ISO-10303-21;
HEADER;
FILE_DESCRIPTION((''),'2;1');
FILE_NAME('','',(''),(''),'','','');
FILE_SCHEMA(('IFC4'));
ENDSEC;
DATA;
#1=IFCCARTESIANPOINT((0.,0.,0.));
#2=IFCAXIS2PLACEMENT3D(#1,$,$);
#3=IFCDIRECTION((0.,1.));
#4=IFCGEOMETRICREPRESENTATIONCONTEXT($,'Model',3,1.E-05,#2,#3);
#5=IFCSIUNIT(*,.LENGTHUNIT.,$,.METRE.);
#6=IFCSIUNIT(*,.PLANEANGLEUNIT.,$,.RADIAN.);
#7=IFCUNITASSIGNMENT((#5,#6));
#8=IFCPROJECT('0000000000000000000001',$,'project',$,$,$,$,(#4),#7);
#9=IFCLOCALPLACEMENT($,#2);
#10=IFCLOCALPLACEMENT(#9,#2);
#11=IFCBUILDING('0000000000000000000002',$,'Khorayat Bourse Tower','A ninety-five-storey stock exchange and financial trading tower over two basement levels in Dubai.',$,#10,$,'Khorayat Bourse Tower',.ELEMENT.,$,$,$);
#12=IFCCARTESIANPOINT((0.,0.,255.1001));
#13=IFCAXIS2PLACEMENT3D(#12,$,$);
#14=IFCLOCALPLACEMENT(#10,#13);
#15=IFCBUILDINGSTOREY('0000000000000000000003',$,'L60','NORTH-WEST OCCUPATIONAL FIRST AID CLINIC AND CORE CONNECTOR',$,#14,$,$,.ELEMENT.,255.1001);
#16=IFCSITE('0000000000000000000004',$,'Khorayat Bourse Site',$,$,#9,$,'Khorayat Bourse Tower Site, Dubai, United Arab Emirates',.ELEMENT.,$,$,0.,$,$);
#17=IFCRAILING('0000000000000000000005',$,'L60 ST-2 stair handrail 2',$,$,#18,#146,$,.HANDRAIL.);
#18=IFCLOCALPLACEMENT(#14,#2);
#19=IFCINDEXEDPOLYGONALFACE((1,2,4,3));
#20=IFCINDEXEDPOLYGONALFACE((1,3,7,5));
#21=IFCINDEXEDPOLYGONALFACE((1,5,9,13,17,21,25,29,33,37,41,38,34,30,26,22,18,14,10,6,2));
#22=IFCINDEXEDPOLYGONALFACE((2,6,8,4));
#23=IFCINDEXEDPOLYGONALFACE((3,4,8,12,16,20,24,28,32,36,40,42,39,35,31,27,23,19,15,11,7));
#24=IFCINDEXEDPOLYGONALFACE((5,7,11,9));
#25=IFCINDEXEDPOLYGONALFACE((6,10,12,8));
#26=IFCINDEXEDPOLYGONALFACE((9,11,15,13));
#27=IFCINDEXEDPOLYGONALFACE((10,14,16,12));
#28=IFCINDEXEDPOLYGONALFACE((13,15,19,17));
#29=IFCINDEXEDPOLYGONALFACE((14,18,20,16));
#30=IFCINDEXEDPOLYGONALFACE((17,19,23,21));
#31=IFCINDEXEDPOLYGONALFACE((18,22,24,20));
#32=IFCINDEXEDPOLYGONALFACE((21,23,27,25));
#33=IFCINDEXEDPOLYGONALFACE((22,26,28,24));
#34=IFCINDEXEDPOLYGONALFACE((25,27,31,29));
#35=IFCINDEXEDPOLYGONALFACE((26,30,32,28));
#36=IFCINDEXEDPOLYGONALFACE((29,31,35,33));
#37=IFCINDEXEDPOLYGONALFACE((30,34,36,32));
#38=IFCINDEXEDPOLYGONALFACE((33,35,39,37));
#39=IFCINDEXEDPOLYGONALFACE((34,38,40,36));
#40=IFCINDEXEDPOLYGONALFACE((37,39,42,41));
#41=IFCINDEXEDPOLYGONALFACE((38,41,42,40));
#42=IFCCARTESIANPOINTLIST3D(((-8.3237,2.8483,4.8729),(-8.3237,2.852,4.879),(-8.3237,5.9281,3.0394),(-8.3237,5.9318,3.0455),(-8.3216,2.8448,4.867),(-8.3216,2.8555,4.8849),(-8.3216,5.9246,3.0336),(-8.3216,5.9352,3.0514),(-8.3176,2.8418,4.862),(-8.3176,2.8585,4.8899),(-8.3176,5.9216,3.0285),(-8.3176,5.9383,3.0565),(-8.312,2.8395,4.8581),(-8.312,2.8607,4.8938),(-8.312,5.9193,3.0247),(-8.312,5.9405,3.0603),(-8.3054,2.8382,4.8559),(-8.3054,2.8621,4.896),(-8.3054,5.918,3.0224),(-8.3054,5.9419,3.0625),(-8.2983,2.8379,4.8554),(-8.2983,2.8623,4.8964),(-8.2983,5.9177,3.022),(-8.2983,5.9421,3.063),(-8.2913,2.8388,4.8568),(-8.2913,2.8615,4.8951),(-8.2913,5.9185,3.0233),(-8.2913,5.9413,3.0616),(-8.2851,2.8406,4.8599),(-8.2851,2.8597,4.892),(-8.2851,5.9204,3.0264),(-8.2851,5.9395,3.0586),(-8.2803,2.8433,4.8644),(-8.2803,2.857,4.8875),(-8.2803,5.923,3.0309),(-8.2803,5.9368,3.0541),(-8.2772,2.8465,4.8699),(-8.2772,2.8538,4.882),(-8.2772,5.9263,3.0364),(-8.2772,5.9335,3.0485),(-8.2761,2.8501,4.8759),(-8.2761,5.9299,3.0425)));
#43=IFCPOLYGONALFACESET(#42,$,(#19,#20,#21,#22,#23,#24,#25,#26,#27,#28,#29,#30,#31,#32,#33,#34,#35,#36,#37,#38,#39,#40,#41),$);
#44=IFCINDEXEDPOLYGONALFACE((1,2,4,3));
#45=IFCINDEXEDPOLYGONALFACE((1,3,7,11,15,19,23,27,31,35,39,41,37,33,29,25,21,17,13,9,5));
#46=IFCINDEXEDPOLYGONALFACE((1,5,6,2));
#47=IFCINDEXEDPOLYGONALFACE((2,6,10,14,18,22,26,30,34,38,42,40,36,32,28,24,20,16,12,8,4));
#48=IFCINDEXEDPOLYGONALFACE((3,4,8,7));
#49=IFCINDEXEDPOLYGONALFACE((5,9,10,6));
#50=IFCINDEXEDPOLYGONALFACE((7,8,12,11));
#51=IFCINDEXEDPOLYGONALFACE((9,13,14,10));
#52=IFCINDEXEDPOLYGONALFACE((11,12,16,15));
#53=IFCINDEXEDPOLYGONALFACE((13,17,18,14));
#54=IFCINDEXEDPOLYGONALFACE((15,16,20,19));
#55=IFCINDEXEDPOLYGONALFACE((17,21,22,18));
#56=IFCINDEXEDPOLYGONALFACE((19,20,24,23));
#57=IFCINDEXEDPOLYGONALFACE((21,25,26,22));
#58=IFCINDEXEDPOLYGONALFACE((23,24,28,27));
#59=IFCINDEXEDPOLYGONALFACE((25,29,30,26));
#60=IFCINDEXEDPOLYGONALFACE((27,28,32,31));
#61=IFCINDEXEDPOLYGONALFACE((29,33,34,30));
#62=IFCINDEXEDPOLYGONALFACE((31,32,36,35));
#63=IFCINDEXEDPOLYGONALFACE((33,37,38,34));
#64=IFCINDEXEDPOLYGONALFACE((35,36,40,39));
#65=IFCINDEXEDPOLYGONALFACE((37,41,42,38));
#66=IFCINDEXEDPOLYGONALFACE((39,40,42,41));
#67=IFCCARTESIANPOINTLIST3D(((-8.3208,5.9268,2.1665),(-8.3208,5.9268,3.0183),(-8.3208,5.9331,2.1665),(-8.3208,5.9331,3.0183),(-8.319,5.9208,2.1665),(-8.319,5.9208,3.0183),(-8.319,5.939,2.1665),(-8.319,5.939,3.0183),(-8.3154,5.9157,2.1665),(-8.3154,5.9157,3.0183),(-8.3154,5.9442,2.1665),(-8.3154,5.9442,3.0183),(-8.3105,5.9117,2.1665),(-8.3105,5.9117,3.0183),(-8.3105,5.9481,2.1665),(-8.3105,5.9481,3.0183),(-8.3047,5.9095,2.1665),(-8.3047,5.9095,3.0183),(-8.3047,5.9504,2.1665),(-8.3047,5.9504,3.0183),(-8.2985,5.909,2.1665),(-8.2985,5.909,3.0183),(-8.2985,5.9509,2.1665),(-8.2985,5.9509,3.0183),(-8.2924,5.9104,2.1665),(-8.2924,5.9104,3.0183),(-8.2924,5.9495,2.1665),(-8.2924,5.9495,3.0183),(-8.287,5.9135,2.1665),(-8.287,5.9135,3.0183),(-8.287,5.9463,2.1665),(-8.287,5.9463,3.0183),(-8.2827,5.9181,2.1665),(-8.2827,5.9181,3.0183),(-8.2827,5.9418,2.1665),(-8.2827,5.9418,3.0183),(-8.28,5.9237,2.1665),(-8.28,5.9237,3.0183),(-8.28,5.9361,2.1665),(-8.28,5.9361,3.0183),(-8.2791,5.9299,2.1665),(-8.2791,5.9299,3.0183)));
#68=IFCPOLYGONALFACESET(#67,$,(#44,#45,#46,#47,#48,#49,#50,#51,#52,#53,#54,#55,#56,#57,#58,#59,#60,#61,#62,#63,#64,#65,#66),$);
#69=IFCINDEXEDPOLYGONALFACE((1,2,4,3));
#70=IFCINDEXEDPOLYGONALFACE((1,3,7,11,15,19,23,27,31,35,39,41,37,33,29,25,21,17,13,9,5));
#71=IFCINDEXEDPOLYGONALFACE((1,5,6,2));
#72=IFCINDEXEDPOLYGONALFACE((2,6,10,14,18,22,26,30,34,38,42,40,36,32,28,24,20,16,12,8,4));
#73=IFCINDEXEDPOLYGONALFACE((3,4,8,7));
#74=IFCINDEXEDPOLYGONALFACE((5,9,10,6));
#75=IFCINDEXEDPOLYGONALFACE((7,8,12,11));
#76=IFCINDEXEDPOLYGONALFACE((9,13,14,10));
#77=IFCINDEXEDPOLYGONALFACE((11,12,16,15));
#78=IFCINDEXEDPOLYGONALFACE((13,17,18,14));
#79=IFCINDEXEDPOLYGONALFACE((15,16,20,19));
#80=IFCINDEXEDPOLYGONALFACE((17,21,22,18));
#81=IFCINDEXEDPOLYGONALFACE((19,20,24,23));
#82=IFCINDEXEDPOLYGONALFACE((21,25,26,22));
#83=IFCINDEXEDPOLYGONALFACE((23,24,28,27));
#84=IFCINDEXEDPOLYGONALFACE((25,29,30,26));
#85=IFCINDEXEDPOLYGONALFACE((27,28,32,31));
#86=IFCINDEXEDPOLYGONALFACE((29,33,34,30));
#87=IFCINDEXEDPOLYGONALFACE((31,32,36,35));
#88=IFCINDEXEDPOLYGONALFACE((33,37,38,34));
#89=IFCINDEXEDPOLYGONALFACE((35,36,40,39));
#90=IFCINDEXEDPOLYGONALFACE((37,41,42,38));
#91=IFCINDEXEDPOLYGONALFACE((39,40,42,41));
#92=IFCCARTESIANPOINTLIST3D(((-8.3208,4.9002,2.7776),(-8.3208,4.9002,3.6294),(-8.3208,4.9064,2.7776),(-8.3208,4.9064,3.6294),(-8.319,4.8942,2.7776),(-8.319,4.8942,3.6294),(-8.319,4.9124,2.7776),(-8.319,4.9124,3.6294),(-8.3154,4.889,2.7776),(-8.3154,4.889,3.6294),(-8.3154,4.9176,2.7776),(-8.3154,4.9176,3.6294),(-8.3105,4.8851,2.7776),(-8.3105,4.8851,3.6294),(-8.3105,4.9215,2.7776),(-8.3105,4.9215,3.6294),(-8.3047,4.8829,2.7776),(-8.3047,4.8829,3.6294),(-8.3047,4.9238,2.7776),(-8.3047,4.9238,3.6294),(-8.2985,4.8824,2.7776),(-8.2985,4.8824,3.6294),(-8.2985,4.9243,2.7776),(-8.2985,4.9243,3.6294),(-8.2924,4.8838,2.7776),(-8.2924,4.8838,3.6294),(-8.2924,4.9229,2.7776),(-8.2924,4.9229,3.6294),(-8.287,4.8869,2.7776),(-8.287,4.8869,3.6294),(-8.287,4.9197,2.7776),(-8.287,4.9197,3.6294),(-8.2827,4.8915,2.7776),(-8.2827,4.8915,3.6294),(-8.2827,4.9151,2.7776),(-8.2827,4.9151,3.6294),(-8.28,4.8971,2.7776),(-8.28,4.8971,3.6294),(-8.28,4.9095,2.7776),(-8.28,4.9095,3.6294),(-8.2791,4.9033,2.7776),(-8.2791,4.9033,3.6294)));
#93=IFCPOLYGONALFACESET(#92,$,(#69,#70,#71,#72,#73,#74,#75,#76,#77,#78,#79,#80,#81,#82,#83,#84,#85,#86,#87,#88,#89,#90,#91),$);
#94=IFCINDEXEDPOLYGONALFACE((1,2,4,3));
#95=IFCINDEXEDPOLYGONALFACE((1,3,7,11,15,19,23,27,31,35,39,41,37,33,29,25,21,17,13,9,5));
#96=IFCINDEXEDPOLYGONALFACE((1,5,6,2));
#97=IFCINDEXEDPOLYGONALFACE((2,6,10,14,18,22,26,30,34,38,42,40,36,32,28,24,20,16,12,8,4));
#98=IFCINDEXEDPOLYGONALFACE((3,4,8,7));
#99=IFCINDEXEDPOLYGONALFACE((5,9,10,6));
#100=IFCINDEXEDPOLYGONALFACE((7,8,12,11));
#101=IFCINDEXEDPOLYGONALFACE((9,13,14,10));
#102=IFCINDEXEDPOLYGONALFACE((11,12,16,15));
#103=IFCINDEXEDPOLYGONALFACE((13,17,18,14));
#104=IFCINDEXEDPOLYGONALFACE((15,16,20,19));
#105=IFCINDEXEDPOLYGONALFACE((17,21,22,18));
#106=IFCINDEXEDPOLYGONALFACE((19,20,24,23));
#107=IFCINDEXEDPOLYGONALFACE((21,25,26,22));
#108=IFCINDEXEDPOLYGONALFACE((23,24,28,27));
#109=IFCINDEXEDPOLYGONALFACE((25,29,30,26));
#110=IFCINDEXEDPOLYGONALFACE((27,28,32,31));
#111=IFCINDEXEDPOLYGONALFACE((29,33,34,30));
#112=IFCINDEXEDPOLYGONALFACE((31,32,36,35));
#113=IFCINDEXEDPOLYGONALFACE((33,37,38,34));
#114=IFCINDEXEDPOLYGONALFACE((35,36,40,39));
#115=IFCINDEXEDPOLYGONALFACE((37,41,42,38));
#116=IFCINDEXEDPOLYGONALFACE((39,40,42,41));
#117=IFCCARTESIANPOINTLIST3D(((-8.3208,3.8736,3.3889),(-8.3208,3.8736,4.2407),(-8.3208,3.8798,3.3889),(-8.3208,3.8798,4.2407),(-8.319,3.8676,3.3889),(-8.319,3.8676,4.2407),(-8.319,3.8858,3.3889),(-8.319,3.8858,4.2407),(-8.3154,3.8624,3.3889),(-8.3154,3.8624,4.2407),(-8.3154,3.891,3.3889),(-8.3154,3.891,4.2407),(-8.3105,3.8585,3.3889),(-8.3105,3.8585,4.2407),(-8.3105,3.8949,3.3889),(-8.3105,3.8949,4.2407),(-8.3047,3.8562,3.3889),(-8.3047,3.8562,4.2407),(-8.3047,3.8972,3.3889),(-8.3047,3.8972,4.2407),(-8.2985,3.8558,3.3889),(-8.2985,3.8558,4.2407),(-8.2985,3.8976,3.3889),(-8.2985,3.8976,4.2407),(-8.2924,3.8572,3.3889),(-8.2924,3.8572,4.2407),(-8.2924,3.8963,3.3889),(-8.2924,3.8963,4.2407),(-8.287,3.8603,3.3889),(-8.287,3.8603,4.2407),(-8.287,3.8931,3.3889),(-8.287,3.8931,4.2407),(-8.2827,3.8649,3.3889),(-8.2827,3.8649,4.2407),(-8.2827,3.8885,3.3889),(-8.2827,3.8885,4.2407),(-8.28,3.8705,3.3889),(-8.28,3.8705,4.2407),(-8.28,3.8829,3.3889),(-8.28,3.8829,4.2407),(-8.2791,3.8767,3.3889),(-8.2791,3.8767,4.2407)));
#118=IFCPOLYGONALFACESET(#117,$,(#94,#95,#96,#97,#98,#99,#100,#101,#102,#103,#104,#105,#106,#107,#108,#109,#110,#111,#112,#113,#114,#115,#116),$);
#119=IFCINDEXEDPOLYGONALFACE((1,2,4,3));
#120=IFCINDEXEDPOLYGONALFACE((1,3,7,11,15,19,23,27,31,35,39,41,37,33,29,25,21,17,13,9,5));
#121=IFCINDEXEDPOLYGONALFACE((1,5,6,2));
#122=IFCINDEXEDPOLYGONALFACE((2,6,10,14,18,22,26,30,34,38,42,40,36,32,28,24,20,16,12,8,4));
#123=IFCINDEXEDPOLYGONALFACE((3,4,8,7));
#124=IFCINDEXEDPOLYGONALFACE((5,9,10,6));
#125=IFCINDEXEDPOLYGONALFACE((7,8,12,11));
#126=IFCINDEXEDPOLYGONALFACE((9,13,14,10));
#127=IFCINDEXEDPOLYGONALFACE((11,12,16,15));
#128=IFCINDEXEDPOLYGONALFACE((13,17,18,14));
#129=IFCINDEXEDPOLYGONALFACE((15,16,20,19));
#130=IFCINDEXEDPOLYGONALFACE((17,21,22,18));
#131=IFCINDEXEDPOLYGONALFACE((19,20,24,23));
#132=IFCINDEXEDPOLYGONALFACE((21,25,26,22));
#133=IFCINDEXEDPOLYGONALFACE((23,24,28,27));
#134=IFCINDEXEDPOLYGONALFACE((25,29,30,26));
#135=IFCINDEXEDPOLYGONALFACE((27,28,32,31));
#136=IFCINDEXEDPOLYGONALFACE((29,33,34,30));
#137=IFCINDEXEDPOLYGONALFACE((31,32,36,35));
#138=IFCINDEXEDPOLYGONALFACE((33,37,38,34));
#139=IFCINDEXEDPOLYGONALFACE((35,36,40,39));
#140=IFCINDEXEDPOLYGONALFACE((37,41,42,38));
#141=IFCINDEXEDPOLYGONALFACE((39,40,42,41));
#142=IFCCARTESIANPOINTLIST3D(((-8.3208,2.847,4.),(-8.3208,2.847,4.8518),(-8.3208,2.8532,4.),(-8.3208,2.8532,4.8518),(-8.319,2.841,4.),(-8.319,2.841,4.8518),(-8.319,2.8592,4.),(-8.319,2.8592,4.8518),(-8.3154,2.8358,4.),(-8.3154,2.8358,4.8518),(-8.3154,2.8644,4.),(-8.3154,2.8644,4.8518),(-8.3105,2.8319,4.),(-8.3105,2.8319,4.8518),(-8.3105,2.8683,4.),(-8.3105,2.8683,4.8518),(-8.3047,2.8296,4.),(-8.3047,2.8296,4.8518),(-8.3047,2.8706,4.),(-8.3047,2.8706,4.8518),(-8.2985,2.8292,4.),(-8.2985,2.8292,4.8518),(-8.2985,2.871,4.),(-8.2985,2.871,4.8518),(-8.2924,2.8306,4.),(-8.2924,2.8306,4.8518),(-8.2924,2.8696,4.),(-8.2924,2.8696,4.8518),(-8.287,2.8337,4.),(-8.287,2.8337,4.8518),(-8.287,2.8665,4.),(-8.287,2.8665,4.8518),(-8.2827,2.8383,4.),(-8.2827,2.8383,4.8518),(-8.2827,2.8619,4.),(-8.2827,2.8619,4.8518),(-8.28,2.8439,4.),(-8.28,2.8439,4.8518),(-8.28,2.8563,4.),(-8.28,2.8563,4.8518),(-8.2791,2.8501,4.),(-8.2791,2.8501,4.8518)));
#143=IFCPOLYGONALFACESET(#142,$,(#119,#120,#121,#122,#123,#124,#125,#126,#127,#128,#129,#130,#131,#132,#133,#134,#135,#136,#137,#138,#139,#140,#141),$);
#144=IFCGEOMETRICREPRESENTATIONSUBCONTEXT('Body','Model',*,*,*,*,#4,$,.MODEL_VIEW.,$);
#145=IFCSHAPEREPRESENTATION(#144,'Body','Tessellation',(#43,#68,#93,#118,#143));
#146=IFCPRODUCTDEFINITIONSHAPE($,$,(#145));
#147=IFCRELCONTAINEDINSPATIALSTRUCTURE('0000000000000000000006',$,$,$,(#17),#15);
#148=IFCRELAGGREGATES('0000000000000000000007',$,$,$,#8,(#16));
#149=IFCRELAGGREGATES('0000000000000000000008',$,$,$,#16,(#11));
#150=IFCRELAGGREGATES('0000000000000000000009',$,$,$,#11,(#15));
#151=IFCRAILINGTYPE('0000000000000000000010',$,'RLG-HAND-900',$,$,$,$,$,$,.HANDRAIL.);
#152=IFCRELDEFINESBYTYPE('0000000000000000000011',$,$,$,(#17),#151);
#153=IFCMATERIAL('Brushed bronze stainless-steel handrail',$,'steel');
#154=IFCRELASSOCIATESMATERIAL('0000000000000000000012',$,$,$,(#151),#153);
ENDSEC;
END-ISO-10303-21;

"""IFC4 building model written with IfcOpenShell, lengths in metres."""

from ifc_helpers import new_model, si_unit, direction, frame, origin, origin_2d, place, context, subcontext, project, spatial, circle, extrude, source, transform, mapped, material, type_object, element, save


model = new_model("IFC4")

# Units and contexts
model_context = context("Model", 3, precision=1e-05, world=origin(), true_north=direction((0.0, 1.0)))
body_context = subcontext(model_context, "Body", "Model", "MODEL_VIEW")
ifc_project = project(units=[si_unit("LENGTHUNIT", "METRE"), si_unit("PLANEANGLEUNIT", "RADIAN")], contexts=[model_context])

# Site, building, storey
site_placement = place(None, origin())
site = spatial("IfcSite", under=ifc_project, at=site_placement, Name="Khorayat Bourse Site", LongName="Khorayat Bourse Tower Site, Dubai, United Arab Emirates", CompositionType="ELEMENT", RefElevation=0.0)
building_placement = place(site_placement, origin())
building = spatial("IfcBuilding", under=site, at=building_placement, Name="Khorayat Bourse Tower", Description="A ninety-five-storey stock exchange and financial trading tower over two basement levels in Dubai.", LongName="Khorayat Bourse Tower", CompositionType="ELEMENT")
storey_placement = place(building_placement, frame((0.0, 0.0, 255.1001)))
storey = spatial("IfcBuildingStorey", under=building, at=storey_placement, Name="L60", Description="NORTH-WEST OCCUPATIONAL FIRST AID CLINIC AND CORE CONNECTOR", CompositionType="ELEMENT", Elevation=255.1001)

# Railing
ifc_material_1 = material(Name="Brushed bronze stainless-steel handrail", Category="steel")
railing_type_1 = type_object("IfcRailingType", Name="RLG-HAND-900", PredefinedType="HANDRAIL", material=ifc_material_1)
shared_shape_1 = source(origin(), body_context, "Body", "SweptSolid", [
    extrude(circle(Radius=0.0239, at=origin_2d()), frame((0.0, 0.0, 0.876), z_axis=(0.0, -0.859261, 0.511538), x_axis=(1.0, 0.0, 0.0)), (0.0, 0.0, 1.0), 3.5842),
    extrude(circle(Radius=0.021, at=origin_2d()), origin(), (0.0, 0.0, 1.0), 0.8518),
    extrude(circle(Radius=0.021, at=origin_2d()), frame((0.0, -1.0266, 0.6111)), (0.0, 0.0, 1.0), 0.8518),
    extrude(circle(Radius=0.021, at=origin_2d()), frame((0.0, -2.0532, 1.2224)), (0.0, 0.0, 1.0), 0.8518),
    extrude(circle(Radius=0.021, at=origin_2d()), frame((0.0, -3.0798, 1.8335)), (0.0, 0.0, 1.0), 0.8518),
])
railing_1_placement = place(storey_placement, frame((-8.3, 5.9299, 2.1665)))
element("IfcRailing", 1, at=railing_1_placement, inside=storey, type_object=railing_type_1, Name="L60 ST-2 stair handrail 2", PredefinedType="HANDRAIL", context=body_context, shape_type="MappedRepresentation", body=[
    mapped(shared_shape_1, transform((0.0, 0.0, 0.0), scale=1.0)),
])

save(model, "model.ifc")
